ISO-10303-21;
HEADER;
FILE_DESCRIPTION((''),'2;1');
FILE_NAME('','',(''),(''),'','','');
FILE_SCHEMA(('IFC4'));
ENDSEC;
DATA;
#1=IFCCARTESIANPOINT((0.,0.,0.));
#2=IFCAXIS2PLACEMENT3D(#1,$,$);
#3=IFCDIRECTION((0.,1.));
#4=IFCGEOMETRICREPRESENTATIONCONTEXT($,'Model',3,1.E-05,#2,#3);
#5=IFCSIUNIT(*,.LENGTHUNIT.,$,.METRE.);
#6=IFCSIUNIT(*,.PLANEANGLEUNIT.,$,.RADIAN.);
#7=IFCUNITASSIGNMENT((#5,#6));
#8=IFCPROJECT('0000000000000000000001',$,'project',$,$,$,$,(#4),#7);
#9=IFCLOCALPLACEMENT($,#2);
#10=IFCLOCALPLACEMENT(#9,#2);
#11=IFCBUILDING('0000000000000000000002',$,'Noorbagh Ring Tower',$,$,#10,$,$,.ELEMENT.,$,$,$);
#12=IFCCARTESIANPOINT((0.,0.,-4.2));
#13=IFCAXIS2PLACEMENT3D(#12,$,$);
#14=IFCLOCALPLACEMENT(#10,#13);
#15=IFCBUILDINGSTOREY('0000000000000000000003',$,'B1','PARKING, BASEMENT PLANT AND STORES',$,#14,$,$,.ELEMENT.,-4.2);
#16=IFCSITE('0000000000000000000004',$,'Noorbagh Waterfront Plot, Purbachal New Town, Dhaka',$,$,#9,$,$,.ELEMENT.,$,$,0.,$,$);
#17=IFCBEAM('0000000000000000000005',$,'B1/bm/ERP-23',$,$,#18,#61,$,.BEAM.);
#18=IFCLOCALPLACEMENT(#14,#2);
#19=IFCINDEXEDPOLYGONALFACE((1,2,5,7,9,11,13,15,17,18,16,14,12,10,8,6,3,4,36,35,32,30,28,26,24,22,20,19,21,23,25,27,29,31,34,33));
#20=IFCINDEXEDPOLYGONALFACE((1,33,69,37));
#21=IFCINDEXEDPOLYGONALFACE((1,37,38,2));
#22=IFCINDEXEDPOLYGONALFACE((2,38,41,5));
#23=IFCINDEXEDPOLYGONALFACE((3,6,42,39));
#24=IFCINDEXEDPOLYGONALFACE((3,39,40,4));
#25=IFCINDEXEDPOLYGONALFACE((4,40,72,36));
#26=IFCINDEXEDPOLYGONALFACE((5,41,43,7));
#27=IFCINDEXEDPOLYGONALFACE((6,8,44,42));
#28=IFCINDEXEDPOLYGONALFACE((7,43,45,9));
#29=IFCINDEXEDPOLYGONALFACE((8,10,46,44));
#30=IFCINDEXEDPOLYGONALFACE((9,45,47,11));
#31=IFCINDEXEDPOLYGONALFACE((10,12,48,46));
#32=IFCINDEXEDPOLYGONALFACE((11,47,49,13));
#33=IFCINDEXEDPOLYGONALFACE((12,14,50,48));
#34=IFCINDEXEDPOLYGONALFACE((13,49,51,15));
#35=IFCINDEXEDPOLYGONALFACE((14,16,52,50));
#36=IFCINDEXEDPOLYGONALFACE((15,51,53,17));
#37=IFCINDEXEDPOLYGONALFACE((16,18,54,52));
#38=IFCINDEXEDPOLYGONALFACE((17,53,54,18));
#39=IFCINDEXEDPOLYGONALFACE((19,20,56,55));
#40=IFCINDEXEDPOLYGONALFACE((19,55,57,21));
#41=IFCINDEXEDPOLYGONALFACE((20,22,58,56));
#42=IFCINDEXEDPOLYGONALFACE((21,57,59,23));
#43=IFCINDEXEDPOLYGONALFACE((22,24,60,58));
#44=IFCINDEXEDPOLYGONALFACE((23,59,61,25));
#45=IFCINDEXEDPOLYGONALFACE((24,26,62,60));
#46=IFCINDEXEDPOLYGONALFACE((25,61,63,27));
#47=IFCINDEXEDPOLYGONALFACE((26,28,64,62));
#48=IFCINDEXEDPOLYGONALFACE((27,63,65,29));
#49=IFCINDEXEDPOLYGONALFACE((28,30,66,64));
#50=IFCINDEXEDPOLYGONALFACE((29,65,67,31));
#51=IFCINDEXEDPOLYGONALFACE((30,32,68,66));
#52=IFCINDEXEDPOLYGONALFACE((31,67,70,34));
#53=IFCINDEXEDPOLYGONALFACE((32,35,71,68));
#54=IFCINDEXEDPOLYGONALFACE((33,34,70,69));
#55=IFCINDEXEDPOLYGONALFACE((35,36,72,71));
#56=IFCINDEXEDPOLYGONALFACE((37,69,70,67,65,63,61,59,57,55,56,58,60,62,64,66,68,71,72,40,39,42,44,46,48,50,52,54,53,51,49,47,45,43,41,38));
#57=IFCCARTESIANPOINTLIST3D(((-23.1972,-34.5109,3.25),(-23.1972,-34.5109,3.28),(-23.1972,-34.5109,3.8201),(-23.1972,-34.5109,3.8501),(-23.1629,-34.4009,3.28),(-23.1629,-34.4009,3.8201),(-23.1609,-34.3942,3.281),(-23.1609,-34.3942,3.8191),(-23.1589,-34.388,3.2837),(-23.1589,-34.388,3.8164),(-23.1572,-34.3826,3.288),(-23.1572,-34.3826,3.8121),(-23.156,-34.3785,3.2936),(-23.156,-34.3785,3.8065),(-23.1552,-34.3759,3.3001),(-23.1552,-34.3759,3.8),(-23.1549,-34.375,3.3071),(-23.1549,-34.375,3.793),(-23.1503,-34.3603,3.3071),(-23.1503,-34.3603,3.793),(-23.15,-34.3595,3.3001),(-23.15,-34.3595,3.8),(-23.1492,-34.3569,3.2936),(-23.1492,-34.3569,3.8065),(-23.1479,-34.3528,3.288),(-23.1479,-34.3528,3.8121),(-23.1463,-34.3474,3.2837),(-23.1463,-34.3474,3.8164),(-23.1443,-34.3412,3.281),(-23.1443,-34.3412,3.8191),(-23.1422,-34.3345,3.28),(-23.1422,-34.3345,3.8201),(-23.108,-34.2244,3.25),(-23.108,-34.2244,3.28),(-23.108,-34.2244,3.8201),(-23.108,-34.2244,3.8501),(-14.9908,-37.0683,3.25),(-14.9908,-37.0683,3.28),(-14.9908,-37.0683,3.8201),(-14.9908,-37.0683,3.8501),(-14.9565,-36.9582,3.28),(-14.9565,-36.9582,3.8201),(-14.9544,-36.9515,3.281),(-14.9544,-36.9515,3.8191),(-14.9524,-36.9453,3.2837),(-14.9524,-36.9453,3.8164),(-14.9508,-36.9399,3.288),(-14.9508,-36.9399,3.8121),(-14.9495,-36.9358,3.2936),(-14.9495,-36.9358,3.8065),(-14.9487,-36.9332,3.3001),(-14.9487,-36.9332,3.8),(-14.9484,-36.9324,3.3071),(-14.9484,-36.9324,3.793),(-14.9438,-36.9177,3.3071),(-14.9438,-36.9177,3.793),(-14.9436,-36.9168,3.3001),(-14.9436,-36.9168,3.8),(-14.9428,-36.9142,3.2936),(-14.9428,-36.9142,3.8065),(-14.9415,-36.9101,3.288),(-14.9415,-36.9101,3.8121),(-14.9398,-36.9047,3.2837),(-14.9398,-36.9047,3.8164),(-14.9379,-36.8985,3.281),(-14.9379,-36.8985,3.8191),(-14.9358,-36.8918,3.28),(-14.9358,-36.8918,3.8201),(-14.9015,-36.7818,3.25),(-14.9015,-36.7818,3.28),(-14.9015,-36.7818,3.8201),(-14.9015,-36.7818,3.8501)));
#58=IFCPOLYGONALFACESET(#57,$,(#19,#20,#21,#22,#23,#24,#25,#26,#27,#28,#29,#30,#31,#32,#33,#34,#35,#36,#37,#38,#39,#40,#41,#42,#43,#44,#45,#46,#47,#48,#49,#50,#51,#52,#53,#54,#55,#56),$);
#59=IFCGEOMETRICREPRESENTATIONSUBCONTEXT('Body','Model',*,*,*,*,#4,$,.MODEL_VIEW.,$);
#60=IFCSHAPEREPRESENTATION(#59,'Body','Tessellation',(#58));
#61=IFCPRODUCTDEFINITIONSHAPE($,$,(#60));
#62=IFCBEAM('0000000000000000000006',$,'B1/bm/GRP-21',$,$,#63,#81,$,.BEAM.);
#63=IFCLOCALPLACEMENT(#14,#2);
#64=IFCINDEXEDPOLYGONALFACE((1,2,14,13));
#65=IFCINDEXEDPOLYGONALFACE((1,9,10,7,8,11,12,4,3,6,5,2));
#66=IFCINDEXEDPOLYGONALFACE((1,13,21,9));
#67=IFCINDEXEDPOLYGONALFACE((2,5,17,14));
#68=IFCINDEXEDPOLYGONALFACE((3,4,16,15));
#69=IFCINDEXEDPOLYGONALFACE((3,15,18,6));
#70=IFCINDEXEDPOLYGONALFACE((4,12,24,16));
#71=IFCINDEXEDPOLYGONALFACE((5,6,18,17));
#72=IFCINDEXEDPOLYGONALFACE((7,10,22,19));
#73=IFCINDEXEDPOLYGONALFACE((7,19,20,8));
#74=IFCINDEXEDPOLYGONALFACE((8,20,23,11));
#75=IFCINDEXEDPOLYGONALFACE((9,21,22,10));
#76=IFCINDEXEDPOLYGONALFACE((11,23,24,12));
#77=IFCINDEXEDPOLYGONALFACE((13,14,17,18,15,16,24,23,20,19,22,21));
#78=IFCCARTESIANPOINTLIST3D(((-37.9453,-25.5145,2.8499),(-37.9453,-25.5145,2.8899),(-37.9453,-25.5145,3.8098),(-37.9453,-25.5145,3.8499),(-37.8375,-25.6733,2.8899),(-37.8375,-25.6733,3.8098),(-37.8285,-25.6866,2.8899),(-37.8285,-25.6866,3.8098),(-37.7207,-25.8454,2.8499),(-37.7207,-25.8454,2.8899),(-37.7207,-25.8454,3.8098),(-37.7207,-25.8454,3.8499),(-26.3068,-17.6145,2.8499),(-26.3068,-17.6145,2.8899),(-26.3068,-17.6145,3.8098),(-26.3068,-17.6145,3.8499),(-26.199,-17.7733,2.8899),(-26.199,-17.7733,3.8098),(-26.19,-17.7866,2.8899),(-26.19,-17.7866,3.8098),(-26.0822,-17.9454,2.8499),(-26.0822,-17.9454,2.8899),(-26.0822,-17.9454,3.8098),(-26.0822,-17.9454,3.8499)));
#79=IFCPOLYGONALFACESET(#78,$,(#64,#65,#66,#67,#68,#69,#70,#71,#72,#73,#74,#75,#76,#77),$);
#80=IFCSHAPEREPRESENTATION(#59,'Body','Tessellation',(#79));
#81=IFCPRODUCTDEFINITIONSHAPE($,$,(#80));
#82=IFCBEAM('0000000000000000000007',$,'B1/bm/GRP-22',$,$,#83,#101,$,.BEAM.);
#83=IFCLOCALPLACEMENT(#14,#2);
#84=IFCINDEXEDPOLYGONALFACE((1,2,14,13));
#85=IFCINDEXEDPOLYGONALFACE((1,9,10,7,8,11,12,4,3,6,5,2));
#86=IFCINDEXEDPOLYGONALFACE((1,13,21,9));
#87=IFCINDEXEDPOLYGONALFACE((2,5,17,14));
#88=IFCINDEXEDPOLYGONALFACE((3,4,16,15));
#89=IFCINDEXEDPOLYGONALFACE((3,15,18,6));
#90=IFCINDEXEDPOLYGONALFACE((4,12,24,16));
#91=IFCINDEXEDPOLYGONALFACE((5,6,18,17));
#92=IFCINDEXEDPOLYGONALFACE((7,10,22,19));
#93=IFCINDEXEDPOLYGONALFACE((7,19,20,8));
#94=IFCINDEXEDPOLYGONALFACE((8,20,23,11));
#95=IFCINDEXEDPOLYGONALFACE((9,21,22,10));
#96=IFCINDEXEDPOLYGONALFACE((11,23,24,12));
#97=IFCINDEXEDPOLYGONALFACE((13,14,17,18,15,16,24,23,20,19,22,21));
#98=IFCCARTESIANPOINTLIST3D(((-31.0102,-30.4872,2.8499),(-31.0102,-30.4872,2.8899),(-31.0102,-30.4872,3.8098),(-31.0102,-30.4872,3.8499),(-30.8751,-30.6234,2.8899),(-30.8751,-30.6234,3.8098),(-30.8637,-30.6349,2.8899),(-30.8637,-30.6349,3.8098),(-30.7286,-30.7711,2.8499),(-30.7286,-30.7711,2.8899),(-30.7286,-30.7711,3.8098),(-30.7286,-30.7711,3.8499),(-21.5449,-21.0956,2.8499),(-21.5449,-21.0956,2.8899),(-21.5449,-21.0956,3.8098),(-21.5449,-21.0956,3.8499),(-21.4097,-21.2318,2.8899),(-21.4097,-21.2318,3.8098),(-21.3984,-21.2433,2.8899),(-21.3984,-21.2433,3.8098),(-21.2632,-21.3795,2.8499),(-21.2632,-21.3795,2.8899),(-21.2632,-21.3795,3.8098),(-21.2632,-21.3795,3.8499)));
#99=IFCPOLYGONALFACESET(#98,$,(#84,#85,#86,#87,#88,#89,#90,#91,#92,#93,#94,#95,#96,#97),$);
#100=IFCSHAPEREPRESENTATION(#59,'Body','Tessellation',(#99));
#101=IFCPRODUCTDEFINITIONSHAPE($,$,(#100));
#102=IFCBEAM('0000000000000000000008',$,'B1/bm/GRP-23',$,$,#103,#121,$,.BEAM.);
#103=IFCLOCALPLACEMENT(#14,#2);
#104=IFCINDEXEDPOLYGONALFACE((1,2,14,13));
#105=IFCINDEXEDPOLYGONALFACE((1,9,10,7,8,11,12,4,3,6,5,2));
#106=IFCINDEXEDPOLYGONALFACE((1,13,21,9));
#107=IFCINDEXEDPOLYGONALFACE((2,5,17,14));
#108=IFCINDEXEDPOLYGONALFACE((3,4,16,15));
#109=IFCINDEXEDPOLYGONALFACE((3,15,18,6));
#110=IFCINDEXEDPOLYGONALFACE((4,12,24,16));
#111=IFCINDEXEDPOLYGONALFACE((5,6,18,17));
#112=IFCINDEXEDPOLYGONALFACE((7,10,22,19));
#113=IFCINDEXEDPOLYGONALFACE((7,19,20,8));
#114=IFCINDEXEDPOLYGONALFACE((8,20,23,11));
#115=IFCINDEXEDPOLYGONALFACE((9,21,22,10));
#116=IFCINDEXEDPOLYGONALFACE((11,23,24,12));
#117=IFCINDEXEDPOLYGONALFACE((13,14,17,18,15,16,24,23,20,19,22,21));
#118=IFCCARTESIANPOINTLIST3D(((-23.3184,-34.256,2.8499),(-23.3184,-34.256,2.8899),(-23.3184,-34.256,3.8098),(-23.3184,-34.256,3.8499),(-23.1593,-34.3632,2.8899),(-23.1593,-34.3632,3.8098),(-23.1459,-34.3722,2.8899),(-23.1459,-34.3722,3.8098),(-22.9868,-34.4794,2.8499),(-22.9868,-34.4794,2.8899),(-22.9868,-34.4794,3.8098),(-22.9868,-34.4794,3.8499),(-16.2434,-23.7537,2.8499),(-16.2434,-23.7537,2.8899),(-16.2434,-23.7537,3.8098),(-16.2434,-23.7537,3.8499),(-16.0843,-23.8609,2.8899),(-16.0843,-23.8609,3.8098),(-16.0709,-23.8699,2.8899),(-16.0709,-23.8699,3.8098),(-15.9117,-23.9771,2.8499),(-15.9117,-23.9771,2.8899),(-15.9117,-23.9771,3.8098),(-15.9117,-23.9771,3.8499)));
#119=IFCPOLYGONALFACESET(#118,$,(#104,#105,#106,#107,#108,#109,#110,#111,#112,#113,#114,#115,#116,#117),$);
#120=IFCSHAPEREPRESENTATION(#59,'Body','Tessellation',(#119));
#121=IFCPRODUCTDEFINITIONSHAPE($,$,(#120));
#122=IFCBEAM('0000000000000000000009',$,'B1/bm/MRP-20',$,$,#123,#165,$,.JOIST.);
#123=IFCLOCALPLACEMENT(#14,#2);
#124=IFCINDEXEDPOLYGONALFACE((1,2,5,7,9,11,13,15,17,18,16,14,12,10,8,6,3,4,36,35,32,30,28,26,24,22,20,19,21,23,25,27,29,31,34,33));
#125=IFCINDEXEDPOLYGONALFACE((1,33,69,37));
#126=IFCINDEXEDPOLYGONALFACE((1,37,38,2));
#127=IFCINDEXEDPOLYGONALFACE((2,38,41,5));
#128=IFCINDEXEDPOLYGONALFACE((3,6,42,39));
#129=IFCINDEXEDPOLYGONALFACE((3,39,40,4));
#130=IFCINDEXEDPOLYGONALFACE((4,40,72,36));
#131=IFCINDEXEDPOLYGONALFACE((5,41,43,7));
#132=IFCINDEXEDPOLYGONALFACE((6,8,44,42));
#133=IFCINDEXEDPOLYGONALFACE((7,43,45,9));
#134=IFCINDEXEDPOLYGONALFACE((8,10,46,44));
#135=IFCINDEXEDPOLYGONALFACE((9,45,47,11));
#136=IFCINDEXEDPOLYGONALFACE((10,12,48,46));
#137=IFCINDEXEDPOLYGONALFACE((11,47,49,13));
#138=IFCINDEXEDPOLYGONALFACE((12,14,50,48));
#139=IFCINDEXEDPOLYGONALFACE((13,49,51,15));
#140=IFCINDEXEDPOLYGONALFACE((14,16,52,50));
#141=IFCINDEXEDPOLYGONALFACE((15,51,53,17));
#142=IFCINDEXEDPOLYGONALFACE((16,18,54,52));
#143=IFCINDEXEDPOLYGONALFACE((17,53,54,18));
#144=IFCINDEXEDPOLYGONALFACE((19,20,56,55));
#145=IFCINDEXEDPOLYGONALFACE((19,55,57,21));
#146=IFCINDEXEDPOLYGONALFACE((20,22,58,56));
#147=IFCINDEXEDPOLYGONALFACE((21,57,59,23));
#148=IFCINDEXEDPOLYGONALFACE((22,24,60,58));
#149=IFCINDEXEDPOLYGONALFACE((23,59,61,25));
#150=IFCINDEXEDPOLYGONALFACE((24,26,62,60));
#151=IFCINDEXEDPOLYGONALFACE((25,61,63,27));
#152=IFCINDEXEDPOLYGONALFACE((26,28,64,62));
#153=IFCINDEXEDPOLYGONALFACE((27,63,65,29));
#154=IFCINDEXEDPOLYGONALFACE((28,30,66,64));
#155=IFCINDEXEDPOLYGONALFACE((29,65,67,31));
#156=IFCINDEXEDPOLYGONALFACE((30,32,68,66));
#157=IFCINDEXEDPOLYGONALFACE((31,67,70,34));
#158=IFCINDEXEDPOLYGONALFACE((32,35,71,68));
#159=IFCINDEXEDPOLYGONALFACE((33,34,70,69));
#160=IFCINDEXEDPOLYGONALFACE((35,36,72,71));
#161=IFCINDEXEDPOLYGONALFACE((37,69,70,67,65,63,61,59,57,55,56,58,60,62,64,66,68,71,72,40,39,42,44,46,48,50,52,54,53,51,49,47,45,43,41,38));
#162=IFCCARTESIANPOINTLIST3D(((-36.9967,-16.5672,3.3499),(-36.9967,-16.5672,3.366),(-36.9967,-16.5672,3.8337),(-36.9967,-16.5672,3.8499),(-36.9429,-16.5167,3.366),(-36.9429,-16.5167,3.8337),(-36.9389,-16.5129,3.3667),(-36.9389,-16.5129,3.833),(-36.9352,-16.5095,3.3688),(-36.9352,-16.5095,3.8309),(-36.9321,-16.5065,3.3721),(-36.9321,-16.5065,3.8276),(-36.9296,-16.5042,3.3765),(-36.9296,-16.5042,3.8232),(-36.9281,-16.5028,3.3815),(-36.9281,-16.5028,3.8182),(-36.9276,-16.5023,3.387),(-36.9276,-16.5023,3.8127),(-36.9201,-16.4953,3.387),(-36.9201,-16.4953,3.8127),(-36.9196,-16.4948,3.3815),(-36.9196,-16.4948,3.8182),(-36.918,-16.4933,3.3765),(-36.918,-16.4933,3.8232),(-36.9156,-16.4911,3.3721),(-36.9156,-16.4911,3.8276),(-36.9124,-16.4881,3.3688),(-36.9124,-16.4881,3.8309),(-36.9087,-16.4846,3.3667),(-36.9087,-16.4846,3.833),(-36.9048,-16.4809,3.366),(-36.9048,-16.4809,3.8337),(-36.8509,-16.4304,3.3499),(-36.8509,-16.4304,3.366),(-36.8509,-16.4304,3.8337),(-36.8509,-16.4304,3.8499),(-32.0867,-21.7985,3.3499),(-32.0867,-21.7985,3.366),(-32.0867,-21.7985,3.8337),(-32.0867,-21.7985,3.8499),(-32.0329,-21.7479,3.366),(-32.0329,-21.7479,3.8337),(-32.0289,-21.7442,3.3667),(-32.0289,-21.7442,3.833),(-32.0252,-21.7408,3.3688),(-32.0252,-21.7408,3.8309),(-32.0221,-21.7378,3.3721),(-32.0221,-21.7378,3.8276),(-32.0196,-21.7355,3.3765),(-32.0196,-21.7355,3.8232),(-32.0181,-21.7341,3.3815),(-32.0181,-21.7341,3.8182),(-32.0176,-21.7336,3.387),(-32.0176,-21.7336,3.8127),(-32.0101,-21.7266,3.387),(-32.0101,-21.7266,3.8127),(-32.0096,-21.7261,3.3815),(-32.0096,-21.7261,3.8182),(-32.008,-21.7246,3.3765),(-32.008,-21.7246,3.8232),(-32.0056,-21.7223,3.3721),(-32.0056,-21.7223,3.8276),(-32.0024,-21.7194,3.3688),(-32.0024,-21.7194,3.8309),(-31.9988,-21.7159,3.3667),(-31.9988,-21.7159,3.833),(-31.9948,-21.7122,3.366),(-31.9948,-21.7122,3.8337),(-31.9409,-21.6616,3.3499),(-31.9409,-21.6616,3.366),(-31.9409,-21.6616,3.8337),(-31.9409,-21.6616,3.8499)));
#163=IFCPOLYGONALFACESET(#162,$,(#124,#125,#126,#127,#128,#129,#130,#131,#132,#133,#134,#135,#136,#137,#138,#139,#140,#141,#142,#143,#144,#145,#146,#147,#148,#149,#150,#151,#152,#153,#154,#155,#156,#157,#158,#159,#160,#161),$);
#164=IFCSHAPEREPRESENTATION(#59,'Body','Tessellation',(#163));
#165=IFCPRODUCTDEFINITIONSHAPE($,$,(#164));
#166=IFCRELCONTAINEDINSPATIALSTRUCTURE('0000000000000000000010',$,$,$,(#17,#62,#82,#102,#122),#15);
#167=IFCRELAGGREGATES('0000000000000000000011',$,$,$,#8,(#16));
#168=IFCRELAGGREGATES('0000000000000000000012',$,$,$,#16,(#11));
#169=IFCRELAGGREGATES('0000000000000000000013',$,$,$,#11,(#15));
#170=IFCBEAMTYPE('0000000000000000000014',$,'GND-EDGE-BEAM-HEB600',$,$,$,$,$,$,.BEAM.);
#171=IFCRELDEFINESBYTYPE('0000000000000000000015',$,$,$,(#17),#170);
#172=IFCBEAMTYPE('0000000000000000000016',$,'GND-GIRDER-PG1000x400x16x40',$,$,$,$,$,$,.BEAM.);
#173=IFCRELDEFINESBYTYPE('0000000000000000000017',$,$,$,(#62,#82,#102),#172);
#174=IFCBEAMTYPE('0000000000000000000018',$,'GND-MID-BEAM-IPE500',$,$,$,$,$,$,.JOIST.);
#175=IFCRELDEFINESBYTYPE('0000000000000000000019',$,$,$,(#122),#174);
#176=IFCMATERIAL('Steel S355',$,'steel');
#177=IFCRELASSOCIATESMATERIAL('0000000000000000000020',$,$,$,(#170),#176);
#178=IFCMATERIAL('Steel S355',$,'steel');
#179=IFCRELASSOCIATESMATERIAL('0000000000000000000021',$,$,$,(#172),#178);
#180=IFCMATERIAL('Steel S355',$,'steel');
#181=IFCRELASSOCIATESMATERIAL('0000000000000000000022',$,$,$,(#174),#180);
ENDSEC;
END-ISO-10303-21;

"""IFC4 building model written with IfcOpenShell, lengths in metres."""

from ifc_helpers import new_model, si_unit, direction, frame, origin, origin_2d, place, context, subcontext, project, spatial, i_section, extrude, material, material_profile, profile_set, type_object, element, save


model = new_model("IFC4")

# Units and contexts
model_context = context("Model", 3, precision=1e-05, world=origin(), true_north=direction((0.0, 1.0)))
body_context = subcontext(model_context, "Body", "Model", "MODEL_VIEW")
ifc_project = project(units=[si_unit("LENGTHUNIT", "METRE"), si_unit("PLANEANGLEUNIT", "RADIAN")], contexts=[model_context])

# Site, building, storey
site_placement = place(None, origin())
site = spatial("IfcSite", under=ifc_project, at=site_placement, Name="Noorbagh Waterfront Plot, Purbachal New Town, Dhaka", CompositionType="ELEMENT", RefElevation=0.0)
building_placement = place(site_placement, origin())
building = spatial("IfcBuilding", under=site, at=building_placement, Name="Noorbagh Ring Tower", CompositionType="ELEMENT")
storey_placement = place(building_placement, frame((0.0, 0.0, -4.2)))
storey = spatial("IfcBuildingStorey", under=building, at=storey_placement, Name="B1", Description="PARKING, BASEMENT PLANT AND STORES", CompositionType="ELEMENT", Elevation=-4.2)

# Beams
ifc_material_1 = material(Name="Steel S355", Category="steel")
ifc_material_profile_1 = material_profile(ifc_material_1, i_section(OverallWidth=0.3, OverallDepth=0.6001, WebThickness=0.0154, FlangeThickness=0.03, FilletRadius=0.0271, at=origin_2d()), Name="HEB600")
ifc_profile_set_1 = profile_set([ifc_material_profile_1], Name="Steel S355")
beam_type_1 = type_object("IfcBeamType", Name="GND-EDGE-BEAM-HEB600", PredefinedType="BEAM", material=ifc_profile_set_1)
beam_1_placement = place(storey_placement, frame((-23.1526, -34.3677, 3.55), z_axis=(0.954717, -0.297515, 0.0), x_axis=(0.297515, 0.954717, 0.0)))
element("IfcBeam", 1, at=beam_1_placement, inside=storey, type_object=beam_type_1, Name="B1/bm/ERP-23", PredefinedType="BEAM", context=body_context, shape_type="SweptSolid", body=[
    extrude(i_section(OverallWidth=0.3, OverallDepth=0.6001, WebThickness=0.0154, FlangeThickness=0.03, FilletRadius=0.0271, at=origin_2d()), origin(), (0.0, 0.0, 1.0), 8.5957),
])
ifc_material_2 = material(Name="Steel S355", Category="steel")
ifc_material_profile_2 = material_profile(ifc_material_2, i_section(OverallWidth=0.3999, OverallDepth=1.0, WebThickness=0.0161, FlangeThickness=0.04, at=origin_2d()), Name="PG1000x400x16x40")
ifc_profile_set_2 = profile_set([ifc_material_profile_2], Name="Steel S355")
beam_type_2 = type_object("IfcBeamType", Name="GND-GIRDER-PG1000x400x16x40", PredefinedType="BEAM", material=ifc_profile_set_2)
beam_2_placement = place(storey_placement, frame((-37.833, -25.6799, 3.3499), z_axis=(0.827397, 0.561618, 0.0), x_axis=(-0.561618, 0.827397, 0.0)))
element("IfcBeam", 2, at=beam_2_placement, inside=storey, type_object=beam_type_2, Name="B1/bm/GRP-21", PredefinedType="BEAM", context=body_context, shape_type="SweptSolid", body=[
    extrude(i_section(OverallWidth=0.3999, OverallDepth=1.0, WebThickness=0.0161, FlangeThickness=0.04, at=origin_2d()), origin(), (0.0, 0.0, 1.0), 14.0664),
])
beam_3_placement = place(storey_placement, frame((-30.8694, -30.6292, 3.3499), z_axis=(0.709866, 0.704337, 0.0), x_axis=(-0.704337, 0.709866, 0.0)))
element("IfcBeam", 3, at=beam_3_placement, inside=storey, type_object=beam_type_2, Name="B1/bm/GRP-22", PredefinedType="BEAM", context=body_context, shape_type="SweptSolid", body=[
    extrude(i_section(OverallWidth=0.3999, OverallDepth=1.0, WebThickness=0.0161, FlangeThickness=0.04, at=origin_2d()), origin(), (0.0, 0.0, 1.0), 13.334),
])
beam_4_placement = place(storey_placement, frame((-23.1526, -34.3677, 3.3499), z_axis=(0.558711, 0.829362, 0.0), x_axis=(-0.829362, 0.558711, 0.0)))
element("IfcBeam", 4, at=beam_4_placement, inside=storey, type_object=beam_type_2, Name="B1/bm/GRP-23", PredefinedType="BEAM", context=body_context, shape_type="SweptSolid", body=[
    extrude(i_section(OverallWidth=0.3999, OverallDepth=1.0, WebThickness=0.0161, FlangeThickness=0.04, at=origin_2d()), origin(), (0.0, 0.0, 1.0), 12.6631),
])
ifc_material_3 = material(Name="Steel S355", Category="steel")
ifc_material_profile_3 = material_profile(ifc_material_3, i_section(OverallWidth=0.2, OverallDepth=0.5, WebThickness=0.0103, FlangeThickness=0.0161, FilletRadius=0.021, at=origin_2d()), Name="IPE500")
ifc_profile_set_3 = profile_set([ifc_material_profile_3], Name="Steel S355")
beam_type_3 = type_object("IfcBeamType", Name="GND-MID-BEAM-IPE500", PredefinedType="JOIST", material=ifc_profile_set_3)
beam_5_placement = place(storey_placement, frame((-36.9238, -16.4988, 3.5999), z_axis=(0.684361, -0.729143, 0.0), x_axis=(0.729143, 0.684361, 0.0)))
element("IfcBeam", 5, at=beam_5_placement, inside=storey, type_object=beam_type_3, Name="B1/bm/MRP-20", PredefinedType="JOIST", context=body_context, shape_type="SweptSolid", body=[
    extrude(i_section(OverallWidth=0.2, OverallDepth=0.5, WebThickness=0.0103, FlangeThickness=0.0161, FilletRadius=0.021, at=origin_2d()), origin(), (0.0, 0.0, 1.0), 7.1746),
])

save(model, "model.ifc")
